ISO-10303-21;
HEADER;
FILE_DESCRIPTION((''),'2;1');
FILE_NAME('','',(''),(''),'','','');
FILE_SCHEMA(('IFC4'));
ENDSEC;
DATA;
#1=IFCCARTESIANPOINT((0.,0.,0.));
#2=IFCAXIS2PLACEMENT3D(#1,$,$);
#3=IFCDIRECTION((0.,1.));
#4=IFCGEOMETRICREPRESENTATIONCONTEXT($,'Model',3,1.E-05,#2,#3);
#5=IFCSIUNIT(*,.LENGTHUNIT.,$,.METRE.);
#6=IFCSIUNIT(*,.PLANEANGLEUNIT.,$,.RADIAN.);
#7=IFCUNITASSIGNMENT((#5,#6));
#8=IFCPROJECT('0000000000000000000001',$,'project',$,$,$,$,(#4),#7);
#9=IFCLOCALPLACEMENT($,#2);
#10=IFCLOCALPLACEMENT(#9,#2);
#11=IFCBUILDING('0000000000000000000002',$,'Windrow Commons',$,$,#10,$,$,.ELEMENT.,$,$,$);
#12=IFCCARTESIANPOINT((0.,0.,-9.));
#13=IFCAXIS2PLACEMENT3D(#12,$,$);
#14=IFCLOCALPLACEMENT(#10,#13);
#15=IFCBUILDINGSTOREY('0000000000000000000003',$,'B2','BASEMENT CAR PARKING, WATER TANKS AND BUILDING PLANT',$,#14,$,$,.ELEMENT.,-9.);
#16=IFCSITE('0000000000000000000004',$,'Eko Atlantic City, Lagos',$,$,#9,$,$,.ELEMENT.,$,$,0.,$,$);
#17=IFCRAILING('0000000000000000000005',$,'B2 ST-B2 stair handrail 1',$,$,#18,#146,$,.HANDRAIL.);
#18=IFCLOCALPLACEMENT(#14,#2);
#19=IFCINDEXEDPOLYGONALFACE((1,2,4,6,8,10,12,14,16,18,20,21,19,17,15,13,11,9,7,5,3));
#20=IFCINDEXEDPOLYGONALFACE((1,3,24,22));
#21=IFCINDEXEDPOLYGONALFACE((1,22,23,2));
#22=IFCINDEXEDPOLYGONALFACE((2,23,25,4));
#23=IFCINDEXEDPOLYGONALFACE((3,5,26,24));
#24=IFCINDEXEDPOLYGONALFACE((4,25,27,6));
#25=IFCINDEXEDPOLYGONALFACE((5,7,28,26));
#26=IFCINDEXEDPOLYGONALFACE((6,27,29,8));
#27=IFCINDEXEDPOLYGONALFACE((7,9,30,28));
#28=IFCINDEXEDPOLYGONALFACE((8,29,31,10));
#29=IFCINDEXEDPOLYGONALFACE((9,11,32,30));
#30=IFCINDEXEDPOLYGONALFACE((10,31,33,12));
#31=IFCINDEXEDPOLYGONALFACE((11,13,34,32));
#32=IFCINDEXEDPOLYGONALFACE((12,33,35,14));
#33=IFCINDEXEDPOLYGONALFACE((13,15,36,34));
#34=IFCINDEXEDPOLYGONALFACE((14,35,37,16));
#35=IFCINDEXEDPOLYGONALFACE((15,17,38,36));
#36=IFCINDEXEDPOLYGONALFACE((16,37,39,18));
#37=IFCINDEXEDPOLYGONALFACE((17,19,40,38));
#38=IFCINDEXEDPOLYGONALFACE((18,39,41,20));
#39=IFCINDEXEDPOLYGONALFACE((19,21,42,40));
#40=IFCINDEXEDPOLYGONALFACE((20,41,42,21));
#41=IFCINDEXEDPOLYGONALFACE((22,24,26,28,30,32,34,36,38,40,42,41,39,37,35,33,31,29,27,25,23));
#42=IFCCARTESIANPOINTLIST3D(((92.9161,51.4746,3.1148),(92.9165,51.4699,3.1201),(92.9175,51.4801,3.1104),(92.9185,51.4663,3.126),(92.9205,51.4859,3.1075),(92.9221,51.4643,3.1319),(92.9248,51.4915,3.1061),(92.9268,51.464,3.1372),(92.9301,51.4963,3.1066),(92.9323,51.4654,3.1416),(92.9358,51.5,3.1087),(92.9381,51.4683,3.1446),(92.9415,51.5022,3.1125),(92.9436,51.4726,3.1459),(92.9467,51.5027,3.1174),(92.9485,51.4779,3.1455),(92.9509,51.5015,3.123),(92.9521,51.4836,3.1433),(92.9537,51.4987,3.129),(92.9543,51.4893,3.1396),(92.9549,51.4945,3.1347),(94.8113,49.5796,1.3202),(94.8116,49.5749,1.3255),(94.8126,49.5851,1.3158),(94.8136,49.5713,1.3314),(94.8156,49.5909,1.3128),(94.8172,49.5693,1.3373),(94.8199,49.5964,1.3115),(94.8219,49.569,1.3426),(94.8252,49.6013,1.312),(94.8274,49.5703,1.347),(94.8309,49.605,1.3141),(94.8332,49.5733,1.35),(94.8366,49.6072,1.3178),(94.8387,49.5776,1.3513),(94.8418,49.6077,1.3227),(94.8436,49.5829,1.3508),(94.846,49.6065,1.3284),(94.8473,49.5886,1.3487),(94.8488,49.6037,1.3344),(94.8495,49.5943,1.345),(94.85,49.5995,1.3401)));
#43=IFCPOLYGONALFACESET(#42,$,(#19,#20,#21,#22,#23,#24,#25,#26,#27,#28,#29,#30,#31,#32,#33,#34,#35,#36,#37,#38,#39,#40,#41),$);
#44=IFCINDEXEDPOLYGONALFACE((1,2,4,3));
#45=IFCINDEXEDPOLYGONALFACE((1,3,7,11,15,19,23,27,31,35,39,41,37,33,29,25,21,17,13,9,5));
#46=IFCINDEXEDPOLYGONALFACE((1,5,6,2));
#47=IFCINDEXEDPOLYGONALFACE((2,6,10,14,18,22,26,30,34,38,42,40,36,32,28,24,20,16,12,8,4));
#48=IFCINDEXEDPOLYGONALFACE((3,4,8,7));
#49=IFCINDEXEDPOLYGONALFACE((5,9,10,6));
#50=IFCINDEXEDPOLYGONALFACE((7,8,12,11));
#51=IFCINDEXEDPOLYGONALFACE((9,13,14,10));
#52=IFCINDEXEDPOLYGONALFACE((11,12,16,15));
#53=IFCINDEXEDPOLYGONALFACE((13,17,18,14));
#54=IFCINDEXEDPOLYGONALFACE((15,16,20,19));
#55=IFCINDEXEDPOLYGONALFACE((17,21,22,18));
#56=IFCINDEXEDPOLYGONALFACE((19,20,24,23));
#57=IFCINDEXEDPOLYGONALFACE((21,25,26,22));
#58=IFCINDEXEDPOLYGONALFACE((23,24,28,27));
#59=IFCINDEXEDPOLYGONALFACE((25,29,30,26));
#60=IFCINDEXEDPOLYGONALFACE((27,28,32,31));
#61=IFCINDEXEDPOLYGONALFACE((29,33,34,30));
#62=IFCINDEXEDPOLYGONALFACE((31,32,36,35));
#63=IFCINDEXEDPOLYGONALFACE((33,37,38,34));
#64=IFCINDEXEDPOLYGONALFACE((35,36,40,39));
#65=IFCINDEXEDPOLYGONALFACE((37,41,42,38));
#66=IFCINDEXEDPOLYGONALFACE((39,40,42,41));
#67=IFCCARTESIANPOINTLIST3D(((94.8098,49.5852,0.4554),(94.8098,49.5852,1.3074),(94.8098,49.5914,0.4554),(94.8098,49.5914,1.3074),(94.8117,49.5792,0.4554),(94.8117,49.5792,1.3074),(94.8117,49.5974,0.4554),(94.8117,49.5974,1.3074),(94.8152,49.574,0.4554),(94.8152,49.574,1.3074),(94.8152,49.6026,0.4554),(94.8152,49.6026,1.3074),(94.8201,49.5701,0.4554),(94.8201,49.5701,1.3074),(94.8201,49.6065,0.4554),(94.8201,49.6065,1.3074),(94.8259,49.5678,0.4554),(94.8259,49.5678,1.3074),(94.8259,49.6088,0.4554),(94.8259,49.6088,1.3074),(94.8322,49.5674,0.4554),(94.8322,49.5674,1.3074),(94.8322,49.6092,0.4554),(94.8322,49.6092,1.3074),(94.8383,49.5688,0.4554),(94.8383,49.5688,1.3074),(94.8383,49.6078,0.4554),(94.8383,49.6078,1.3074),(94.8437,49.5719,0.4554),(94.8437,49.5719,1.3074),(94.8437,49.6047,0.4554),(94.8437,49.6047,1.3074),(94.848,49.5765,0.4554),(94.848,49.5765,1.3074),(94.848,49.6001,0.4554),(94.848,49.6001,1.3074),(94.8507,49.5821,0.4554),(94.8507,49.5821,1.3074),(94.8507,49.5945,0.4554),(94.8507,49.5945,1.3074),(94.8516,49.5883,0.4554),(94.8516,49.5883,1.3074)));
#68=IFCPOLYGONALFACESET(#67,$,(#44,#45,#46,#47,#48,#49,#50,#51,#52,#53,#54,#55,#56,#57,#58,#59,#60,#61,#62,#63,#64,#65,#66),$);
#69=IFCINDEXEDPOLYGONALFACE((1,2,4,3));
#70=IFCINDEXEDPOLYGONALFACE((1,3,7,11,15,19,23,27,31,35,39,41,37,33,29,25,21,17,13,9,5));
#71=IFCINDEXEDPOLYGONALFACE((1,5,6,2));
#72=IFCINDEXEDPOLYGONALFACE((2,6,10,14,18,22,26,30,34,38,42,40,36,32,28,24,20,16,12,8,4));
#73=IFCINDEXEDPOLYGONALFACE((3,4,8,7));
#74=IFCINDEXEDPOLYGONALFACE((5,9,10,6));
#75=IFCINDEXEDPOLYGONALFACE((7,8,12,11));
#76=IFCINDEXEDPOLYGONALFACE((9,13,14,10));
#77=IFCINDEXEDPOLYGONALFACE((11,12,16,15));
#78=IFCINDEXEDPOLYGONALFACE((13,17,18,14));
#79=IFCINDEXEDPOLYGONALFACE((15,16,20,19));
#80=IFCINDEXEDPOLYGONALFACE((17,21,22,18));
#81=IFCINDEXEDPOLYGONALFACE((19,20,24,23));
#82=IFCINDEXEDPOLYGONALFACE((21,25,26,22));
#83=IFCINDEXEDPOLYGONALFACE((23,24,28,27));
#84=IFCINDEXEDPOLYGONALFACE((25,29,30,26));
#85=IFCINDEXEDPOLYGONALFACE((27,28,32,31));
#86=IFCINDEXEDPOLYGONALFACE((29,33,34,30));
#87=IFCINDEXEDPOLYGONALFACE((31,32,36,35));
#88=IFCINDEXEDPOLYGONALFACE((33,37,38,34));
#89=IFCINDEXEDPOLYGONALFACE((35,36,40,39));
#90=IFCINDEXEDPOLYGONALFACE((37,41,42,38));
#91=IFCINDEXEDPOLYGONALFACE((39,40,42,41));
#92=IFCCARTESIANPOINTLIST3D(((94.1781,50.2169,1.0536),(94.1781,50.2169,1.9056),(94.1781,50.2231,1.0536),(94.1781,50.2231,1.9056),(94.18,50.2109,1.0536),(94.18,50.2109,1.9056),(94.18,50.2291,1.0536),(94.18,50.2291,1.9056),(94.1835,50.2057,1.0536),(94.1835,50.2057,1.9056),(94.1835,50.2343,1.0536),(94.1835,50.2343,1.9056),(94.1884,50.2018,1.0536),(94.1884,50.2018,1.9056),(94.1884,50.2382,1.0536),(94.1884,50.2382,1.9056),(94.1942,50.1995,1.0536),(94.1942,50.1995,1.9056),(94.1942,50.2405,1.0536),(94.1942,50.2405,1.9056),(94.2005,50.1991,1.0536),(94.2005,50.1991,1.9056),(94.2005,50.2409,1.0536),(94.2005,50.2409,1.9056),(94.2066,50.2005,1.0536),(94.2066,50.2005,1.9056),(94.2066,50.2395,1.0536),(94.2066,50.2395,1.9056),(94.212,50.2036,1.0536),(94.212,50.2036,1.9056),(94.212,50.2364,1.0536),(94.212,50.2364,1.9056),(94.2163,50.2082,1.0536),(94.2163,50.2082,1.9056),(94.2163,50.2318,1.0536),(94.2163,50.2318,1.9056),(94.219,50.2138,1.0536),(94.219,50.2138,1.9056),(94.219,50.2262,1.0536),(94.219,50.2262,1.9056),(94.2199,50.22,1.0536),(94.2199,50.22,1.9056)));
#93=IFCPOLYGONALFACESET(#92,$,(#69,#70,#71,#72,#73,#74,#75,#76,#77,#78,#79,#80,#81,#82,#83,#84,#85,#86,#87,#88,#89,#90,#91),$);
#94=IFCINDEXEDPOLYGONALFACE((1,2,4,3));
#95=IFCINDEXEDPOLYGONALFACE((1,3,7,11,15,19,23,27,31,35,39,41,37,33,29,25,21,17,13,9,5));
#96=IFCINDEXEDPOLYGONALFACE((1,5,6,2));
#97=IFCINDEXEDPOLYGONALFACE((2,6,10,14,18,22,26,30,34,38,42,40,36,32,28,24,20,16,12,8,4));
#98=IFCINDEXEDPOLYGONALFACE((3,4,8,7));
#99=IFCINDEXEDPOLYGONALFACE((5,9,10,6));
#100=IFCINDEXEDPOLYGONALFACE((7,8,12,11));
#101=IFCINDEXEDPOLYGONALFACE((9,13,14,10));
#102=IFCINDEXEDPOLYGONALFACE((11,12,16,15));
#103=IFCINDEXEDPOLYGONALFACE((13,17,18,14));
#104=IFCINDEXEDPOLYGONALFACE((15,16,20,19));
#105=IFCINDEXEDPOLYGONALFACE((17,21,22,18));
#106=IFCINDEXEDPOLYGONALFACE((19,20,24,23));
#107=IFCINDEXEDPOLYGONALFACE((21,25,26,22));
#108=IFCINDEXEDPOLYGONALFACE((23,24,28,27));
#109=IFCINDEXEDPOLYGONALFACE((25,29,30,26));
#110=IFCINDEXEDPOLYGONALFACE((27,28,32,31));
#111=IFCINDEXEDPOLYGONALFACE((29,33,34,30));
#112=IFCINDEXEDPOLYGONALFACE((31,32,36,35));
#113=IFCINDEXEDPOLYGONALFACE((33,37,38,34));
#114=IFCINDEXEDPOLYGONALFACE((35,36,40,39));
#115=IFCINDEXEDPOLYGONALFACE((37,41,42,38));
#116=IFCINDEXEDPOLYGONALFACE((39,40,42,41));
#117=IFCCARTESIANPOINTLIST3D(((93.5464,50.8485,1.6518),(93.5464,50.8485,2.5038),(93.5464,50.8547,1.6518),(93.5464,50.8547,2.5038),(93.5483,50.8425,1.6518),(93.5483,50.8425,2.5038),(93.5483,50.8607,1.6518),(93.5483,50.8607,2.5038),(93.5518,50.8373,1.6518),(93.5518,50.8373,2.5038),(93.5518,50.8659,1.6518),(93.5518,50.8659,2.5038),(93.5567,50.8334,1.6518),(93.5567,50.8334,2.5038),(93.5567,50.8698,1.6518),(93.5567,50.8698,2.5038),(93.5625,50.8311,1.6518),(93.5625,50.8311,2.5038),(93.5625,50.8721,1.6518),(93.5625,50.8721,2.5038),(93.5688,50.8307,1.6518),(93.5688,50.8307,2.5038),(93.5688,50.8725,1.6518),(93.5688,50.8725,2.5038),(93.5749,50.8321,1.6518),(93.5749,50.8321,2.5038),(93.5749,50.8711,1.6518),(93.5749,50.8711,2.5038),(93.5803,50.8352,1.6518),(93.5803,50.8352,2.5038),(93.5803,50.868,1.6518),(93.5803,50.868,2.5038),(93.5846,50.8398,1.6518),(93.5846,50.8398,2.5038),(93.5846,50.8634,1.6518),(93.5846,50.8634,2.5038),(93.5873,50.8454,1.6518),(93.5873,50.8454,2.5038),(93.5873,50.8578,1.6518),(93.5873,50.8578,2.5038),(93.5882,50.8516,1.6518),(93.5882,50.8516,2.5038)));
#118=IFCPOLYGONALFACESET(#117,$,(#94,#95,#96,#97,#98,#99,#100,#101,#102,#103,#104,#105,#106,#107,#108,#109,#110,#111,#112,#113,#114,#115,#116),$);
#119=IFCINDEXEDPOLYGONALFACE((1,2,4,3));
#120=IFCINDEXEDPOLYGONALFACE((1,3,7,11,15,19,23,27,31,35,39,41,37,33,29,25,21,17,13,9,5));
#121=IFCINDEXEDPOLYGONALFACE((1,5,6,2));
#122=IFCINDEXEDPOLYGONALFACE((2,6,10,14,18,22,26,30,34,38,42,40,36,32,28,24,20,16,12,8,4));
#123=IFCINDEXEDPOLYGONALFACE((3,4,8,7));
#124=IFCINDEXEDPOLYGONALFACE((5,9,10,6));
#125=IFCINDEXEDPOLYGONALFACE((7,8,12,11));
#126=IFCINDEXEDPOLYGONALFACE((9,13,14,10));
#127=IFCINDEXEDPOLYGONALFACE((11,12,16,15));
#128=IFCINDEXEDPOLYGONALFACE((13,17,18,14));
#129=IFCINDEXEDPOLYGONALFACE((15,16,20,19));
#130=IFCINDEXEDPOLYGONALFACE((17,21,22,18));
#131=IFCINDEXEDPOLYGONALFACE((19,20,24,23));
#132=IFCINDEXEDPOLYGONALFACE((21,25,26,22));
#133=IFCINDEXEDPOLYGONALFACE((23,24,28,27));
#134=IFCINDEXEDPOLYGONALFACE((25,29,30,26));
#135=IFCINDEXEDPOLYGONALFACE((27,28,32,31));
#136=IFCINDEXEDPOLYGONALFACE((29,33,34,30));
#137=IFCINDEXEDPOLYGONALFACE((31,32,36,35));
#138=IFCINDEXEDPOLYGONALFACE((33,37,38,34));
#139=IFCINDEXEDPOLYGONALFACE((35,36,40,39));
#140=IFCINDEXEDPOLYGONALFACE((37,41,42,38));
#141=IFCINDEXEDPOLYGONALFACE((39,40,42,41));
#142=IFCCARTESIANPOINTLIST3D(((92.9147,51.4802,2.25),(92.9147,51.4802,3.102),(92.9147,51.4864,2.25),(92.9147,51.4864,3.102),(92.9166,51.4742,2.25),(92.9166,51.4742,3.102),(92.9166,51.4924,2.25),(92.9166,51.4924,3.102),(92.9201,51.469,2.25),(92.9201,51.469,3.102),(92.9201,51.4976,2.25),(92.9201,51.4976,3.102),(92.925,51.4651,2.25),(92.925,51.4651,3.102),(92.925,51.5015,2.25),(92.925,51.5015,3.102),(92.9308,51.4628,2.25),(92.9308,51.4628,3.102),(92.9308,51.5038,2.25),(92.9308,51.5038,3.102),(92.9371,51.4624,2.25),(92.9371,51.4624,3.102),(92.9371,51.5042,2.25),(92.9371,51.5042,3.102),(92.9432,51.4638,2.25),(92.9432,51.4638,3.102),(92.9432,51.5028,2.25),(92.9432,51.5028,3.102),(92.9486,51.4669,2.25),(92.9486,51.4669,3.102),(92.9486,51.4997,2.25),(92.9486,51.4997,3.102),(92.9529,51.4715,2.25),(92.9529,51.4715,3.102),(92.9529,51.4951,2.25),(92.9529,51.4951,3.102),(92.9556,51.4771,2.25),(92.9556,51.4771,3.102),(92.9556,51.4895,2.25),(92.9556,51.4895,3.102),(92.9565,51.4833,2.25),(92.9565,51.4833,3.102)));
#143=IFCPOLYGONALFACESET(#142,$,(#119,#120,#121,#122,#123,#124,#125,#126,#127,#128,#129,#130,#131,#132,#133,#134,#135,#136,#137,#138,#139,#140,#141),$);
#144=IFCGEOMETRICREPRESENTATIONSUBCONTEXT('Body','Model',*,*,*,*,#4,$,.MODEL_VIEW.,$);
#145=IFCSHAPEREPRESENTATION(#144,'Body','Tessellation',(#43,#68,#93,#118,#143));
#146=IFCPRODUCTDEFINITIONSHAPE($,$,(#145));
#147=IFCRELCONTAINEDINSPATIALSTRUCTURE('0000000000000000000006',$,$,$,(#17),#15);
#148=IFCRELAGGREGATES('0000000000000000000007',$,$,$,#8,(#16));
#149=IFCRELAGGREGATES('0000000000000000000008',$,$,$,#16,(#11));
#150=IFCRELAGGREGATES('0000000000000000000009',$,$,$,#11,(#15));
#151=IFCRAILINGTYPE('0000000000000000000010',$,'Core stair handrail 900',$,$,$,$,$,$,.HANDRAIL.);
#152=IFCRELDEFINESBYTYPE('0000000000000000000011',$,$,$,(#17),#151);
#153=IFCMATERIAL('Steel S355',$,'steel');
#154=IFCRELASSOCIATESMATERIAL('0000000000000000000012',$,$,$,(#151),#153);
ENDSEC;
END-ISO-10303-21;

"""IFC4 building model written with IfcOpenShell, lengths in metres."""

from ifc_helpers import new_model, si_unit, direction, frame, origin, origin_2d, place, context, subcontext, project, spatial, circle, extrude, material, type_object, element, save


model = new_model("IFC4")

# Units and contexts
model_context = context("Model", 3, precision=1e-05, world=origin(), true_north=direction((0.0, 1.0)))
body_context = subcontext(model_context, "Body", "Model", "MODEL_VIEW")
ifc_project = project(units=[si_unit("LENGTHUNIT", "METRE"), si_unit("PLANEANGLEUNIT", "RADIAN")], contexts=[model_context])

# Site, building, storey
site_placement = place(None, origin())
site = spatial("IfcSite", under=ifc_project, at=site_placement, Name="Eko Atlantic City, Lagos", CompositionType="ELEMENT", RefElevation=0.0)
building_placement = place(site_placement, origin())
building = spatial("IfcBuilding", under=site, at=building_placement, Name="Windrow Commons", CompositionType="ELEMENT")
storey_placement = place(building_placement, frame((0.0, 0.0, -9.0)))
storey = spatial("IfcBuildingStorey", under=building, at=storey_placement, Name="B2", Description="BASEMENT CAR PARKING, WATER TANKS AND BUILDING PLANT", CompositionType="ELEMENT", Elevation=-9.0)

# Railing
ifc_material_1 = material(Name="Steel S355", Category="steel")
railing_type_1 = type_object("IfcRailingType", Name="Core stair handrail 900", PredefinedType="HANDRAIL", material=ifc_material_1)
for number, where, name in (
    (1, (94.8306, 49.5883, 0.4554), "B2 ST-B2 stair handrail 1"),
):
    element("IfcRailing", number, at=place(storey_placement, frame(where)), inside=storey, type_object=railing_type_1, Name=name, PredefinedType="HANDRAIL", context=body_context, shape_type="SweptSolid", body=[
        extrude(circle(Radius=0.024, at=origin_2d()), frame((0.0, 0.0, 0.876), z_axis=(-0.58756, 0.587529, 0.556401), x_axis=(-0.707088, -0.707125, 0.0)), (0.0, 0.0, 1.0), 3.2254),
        extrude(circle(Radius=0.021, at=origin_2d()), origin(), (0.0, 0.0, 1.0), 0.852),
        extrude(circle(Radius=0.021, at=origin_2d()), frame((-0.6317, 0.6317, 0.5982)), (0.0, 0.0, 1.0), 0.852),
        extrude(circle(Radius=0.021, at=origin_2d()), frame((-1.2634, 1.2633, 1.1964)), (0.0, 0.0, 1.0), 0.852),
        extrude(circle(Radius=0.021, at=origin_2d()), frame((-1.8951, 1.895, 1.7946)), (0.0, 0.0, 1.0), 0.852),
    ])

save(model, "model.ifc")
